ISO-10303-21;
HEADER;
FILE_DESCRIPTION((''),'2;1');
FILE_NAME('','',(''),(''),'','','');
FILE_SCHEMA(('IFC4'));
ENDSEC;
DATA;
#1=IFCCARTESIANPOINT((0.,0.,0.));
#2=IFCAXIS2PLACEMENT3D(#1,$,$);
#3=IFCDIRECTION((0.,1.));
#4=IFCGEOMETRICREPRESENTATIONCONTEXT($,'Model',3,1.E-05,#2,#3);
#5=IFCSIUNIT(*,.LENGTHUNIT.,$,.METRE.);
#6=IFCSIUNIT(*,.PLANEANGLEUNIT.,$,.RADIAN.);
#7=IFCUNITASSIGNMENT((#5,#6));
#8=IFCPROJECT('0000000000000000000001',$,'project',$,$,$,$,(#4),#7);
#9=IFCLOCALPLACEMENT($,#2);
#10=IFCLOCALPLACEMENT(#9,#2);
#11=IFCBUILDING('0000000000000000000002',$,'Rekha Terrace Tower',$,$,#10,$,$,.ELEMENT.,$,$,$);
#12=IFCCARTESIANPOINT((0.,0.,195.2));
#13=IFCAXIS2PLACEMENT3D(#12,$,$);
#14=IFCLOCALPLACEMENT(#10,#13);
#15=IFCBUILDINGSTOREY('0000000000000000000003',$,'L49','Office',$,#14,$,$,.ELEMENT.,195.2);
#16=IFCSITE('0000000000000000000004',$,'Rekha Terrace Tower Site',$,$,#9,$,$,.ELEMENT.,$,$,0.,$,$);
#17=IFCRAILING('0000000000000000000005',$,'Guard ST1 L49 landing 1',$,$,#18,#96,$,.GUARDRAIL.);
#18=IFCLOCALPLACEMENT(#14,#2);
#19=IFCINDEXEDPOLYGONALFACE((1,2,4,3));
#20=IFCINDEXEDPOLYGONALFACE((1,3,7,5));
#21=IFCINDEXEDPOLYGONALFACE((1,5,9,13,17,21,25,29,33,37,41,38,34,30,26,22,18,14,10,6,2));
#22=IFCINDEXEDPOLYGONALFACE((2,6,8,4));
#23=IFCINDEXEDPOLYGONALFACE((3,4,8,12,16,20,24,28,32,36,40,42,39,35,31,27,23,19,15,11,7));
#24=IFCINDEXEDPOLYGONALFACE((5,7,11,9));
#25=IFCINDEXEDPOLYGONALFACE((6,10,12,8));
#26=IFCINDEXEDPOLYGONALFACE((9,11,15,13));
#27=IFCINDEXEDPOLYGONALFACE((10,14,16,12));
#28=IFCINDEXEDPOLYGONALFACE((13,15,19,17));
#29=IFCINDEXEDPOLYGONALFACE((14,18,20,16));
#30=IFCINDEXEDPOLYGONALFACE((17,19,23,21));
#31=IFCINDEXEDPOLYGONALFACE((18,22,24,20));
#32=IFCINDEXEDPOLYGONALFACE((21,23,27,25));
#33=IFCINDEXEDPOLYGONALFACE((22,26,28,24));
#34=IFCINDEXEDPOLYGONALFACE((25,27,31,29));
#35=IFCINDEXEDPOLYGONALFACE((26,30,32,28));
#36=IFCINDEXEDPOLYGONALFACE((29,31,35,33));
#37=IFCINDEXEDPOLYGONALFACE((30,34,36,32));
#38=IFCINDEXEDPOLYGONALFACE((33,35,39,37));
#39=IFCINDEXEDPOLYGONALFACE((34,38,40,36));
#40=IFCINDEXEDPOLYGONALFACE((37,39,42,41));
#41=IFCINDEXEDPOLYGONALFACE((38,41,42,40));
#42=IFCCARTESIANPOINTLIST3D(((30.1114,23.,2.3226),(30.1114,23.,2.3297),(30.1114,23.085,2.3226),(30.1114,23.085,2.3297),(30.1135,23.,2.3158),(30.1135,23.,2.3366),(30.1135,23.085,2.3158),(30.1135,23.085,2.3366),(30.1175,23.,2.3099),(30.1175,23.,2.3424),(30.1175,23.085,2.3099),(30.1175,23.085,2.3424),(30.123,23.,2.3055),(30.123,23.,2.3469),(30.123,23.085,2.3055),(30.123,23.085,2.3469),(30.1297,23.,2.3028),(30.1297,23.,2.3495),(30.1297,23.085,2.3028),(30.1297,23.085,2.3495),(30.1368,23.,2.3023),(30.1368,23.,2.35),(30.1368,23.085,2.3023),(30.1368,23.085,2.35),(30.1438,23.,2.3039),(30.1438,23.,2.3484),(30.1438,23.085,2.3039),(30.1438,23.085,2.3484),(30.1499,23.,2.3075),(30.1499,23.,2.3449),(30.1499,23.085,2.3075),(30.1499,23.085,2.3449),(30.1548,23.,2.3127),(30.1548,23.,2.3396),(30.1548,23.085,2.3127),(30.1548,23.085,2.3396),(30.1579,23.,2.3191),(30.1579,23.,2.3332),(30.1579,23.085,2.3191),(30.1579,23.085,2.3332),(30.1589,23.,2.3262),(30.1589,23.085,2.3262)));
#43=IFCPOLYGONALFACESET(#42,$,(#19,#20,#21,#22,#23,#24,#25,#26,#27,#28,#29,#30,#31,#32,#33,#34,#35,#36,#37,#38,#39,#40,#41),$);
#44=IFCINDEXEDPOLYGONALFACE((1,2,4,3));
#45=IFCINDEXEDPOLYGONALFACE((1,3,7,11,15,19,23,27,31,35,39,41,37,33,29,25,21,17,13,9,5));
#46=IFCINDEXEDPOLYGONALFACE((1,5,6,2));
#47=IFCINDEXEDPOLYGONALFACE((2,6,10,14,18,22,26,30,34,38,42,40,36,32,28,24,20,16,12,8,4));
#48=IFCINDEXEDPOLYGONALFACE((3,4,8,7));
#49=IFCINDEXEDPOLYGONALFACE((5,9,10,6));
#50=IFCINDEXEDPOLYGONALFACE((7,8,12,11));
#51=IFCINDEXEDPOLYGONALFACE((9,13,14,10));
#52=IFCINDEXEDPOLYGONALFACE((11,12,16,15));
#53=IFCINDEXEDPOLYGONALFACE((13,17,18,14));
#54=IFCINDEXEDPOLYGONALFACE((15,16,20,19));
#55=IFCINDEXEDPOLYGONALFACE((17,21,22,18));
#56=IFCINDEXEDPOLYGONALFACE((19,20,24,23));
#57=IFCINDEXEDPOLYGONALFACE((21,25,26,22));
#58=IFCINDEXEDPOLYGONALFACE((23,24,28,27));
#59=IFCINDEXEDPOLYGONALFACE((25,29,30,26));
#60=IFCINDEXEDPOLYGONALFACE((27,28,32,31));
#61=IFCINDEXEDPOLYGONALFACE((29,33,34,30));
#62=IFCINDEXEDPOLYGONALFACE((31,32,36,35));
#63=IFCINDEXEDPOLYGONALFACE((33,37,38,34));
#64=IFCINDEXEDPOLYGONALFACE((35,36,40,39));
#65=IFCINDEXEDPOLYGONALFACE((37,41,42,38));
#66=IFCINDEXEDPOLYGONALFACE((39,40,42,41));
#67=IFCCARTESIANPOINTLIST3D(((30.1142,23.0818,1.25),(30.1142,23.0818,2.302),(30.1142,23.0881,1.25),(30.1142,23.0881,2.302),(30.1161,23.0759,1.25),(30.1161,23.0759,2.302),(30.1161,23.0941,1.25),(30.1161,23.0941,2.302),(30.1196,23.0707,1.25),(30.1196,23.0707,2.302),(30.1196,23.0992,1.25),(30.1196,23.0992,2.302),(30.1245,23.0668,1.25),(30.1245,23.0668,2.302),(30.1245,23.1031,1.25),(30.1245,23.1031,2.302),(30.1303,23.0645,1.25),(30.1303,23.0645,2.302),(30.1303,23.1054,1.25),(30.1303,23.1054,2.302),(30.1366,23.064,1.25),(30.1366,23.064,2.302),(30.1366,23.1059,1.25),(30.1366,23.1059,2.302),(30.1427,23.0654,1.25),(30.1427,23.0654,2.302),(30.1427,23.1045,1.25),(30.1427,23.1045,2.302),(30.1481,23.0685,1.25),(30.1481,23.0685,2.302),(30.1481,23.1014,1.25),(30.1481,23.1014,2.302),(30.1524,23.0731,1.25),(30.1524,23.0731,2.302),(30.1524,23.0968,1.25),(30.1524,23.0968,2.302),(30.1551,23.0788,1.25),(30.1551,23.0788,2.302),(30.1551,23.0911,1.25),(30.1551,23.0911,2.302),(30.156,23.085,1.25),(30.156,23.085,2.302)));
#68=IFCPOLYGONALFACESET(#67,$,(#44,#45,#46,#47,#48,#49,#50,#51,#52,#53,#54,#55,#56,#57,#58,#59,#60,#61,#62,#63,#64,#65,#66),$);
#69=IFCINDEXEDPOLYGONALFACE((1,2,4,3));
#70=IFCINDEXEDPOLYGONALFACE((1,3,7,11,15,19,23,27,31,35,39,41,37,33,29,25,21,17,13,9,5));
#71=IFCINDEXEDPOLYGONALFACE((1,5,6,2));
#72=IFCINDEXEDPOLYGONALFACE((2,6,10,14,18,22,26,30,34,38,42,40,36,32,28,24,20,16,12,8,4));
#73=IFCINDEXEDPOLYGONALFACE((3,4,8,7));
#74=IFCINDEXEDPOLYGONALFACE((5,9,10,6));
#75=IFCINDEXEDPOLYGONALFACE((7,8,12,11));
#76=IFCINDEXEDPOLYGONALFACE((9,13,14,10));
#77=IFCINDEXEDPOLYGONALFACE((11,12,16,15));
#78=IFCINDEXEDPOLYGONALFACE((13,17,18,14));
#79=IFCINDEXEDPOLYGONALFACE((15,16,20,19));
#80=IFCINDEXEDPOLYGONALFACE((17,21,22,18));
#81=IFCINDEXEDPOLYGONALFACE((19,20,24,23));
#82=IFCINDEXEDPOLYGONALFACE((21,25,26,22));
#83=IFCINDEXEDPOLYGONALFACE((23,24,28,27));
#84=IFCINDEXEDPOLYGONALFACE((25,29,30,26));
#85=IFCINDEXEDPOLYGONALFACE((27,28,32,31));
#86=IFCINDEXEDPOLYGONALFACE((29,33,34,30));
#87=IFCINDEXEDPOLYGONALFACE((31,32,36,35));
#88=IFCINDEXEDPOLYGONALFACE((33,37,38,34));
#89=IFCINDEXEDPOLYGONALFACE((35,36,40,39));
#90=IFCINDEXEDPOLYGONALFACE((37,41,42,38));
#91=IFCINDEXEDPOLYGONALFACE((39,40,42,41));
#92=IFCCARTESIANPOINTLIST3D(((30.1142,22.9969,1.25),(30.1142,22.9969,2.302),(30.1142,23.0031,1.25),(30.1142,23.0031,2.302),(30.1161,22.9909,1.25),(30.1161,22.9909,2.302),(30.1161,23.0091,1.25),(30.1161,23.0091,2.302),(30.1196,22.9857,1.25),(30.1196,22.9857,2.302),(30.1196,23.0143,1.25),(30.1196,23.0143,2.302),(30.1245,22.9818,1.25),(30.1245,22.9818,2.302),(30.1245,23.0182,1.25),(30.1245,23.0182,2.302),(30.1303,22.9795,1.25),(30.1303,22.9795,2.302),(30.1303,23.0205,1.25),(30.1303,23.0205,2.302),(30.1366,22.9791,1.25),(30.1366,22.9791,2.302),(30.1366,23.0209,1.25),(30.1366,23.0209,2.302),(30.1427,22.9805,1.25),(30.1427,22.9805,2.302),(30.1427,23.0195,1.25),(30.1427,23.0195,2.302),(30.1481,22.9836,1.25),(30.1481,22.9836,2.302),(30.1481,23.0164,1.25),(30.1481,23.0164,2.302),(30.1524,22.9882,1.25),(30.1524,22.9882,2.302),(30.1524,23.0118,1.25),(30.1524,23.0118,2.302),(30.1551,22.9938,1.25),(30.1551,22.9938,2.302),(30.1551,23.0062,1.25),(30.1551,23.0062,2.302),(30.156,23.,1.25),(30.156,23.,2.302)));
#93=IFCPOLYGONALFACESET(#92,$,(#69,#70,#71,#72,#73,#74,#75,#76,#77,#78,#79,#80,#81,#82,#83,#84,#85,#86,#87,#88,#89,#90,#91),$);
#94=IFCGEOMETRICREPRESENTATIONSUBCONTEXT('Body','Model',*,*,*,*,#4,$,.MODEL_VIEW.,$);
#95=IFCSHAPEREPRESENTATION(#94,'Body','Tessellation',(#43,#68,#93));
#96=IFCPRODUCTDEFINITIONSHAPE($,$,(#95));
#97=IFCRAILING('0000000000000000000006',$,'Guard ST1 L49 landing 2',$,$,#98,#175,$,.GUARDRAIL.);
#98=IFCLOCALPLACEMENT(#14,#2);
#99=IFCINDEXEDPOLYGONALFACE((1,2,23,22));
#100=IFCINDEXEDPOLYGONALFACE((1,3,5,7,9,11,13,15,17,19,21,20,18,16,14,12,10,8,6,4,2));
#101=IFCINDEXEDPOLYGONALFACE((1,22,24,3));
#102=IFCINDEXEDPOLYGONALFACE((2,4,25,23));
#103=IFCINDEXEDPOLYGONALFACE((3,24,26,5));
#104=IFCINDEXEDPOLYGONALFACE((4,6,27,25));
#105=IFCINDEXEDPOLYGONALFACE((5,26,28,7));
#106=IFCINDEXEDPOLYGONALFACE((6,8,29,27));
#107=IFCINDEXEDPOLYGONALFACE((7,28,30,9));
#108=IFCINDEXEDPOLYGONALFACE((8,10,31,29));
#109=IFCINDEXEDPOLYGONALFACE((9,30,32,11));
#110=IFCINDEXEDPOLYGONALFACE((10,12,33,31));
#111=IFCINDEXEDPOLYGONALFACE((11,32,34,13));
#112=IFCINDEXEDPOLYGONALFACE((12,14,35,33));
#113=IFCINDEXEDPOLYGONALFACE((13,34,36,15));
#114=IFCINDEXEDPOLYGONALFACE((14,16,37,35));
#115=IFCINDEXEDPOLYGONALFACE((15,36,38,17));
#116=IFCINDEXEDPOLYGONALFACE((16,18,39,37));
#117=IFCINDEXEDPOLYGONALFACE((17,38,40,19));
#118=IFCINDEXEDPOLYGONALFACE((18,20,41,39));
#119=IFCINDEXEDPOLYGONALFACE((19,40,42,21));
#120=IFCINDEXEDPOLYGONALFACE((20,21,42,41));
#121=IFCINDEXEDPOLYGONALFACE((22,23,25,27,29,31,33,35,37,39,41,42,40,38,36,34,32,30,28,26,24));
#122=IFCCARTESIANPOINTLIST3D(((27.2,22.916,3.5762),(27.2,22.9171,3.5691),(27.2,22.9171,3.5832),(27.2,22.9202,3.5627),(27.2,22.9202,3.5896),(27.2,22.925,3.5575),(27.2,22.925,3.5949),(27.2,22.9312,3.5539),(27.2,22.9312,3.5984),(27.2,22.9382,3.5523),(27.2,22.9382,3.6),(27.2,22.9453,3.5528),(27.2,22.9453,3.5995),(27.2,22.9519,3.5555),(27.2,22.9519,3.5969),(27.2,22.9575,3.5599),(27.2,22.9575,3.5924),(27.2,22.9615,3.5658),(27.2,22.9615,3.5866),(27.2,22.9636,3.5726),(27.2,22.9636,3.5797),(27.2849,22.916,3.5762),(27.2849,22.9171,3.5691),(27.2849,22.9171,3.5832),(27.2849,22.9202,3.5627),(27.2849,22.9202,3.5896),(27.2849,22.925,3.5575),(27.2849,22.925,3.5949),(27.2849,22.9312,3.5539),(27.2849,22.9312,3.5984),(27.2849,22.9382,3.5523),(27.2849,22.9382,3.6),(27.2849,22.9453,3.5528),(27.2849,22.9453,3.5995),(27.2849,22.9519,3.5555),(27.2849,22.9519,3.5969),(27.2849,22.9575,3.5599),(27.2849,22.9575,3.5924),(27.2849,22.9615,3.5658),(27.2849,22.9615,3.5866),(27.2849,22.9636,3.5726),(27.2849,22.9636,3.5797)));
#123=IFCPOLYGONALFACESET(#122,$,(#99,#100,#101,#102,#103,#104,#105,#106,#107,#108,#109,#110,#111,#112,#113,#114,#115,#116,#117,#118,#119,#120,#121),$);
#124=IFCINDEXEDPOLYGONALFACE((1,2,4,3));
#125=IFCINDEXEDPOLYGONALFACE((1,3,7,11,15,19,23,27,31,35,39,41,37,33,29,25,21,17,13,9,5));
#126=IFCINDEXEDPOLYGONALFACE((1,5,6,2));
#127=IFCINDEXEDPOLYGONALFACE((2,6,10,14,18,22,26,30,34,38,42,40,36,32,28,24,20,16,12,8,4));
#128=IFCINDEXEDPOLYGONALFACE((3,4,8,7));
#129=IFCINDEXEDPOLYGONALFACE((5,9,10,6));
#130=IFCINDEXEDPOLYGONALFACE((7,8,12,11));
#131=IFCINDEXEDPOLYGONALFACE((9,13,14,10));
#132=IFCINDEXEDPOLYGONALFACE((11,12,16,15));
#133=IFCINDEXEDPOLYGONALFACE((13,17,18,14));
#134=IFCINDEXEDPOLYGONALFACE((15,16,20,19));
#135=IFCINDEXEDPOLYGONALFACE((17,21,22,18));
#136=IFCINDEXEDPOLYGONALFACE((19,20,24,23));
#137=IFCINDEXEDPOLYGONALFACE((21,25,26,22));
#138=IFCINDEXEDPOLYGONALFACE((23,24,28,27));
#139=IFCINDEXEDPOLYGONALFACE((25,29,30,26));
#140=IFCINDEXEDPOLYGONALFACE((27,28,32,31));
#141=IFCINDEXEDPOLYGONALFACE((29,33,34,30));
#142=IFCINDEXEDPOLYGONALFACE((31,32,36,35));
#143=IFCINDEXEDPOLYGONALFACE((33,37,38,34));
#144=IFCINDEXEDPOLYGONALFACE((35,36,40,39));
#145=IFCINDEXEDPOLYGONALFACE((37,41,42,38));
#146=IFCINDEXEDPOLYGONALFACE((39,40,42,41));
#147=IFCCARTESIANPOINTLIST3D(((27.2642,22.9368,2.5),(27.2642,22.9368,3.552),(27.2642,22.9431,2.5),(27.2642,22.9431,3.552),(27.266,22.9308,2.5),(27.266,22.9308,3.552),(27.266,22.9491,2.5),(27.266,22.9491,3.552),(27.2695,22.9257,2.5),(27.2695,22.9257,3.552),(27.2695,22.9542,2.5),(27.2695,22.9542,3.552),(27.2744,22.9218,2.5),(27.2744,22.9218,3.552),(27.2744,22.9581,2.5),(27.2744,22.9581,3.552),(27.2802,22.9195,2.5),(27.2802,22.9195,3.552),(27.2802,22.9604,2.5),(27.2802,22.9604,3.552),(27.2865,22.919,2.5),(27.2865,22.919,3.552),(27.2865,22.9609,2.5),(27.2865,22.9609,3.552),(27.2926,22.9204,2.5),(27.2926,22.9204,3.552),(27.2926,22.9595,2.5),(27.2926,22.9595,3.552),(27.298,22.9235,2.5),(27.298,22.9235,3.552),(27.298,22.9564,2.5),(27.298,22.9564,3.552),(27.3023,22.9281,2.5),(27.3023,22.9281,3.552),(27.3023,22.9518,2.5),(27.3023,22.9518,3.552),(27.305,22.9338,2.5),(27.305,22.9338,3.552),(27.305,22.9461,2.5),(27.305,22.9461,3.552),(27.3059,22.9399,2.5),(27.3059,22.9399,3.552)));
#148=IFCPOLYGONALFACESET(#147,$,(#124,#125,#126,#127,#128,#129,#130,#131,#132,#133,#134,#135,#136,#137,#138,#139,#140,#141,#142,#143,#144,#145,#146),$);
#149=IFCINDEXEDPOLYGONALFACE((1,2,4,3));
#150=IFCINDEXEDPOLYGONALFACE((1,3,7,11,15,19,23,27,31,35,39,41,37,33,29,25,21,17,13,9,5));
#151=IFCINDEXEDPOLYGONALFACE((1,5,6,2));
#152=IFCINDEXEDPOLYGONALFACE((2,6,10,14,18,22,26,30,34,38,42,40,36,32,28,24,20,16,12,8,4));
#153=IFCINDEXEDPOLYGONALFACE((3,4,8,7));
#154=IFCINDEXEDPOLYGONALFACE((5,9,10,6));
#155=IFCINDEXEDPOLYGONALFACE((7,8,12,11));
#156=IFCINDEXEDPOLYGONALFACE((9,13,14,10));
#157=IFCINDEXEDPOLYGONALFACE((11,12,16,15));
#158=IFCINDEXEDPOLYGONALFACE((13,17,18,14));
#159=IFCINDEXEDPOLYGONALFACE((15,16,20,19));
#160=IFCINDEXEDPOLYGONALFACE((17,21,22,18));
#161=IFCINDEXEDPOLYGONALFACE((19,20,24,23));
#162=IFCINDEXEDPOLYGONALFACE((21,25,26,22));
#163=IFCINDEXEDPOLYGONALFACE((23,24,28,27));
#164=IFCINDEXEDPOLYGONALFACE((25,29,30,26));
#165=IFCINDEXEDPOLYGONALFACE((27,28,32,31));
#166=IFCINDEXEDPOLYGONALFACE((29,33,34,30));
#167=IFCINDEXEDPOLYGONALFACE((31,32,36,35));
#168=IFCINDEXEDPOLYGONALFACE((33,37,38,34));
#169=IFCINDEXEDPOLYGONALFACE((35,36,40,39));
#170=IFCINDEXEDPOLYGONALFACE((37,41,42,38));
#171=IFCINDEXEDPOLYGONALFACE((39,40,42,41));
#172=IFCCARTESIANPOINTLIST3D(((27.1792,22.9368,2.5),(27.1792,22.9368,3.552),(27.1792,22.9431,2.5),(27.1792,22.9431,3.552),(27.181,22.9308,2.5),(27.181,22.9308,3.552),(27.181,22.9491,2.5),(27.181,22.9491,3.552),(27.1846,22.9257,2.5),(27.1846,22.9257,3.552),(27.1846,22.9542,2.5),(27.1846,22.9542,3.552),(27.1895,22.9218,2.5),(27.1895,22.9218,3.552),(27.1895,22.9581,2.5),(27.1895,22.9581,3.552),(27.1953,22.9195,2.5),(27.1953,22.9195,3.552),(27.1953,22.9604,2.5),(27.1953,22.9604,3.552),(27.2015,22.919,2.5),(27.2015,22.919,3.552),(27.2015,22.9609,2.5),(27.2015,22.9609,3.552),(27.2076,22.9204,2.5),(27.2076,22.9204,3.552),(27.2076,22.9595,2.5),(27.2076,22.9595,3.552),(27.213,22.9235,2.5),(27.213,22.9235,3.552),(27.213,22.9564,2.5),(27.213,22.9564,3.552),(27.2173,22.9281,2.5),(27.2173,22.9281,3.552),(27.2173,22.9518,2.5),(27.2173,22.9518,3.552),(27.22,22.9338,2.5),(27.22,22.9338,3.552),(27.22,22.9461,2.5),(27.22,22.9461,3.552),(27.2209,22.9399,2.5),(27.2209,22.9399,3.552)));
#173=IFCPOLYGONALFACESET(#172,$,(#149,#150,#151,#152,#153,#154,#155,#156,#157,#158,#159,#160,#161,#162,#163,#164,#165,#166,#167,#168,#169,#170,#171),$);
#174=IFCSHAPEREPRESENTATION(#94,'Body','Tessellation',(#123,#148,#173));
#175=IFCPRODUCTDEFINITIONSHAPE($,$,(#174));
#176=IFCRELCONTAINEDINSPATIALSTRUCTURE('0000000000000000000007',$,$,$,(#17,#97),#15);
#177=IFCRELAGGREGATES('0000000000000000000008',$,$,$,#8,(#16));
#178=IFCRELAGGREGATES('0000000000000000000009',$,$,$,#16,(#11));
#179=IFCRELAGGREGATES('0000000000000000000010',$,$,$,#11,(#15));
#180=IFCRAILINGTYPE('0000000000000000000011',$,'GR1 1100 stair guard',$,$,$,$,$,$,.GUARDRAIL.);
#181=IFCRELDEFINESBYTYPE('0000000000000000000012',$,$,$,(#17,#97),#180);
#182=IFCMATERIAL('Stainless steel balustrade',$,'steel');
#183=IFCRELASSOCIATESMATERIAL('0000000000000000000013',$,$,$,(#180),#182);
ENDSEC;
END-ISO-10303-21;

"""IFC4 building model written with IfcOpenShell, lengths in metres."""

from ifc_helpers import new_model, si_unit, direction, frame, origin, origin_2d, place, context, subcontext, project, spatial, circle, extrude, material, type_object, element, save


model = new_model("IFC4")

# Units and contexts
model_context = context("Model", 3, precision=1e-05, world=origin(), true_north=direction((0.0, 1.0)))
body_context = subcontext(model_context, "Body", "Model", "MODEL_VIEW")
ifc_project = project(units=[si_unit("LENGTHUNIT", "METRE"), si_unit("PLANEANGLEUNIT", "RADIAN")], contexts=[model_context])

# Site, building, storey
site_placement = place(None, origin())
site = spatial("IfcSite", under=ifc_project, at=site_placement, Name="Rekha Terrace Tower Site", CompositionType="ELEMENT", RefElevation=0.0)
building_placement = place(site_placement, origin())
building = spatial("IfcBuilding", under=site, at=building_placement, Name="Rekha Terrace Tower", CompositionType="ELEMENT")
storey_placement = place(building_placement, frame((0.0, 0.0, 195.2)))
storey = spatial("IfcBuildingStorey", under=building, at=storey_placement, Name="L49", Description="Office", CompositionType="ELEMENT", Elevation=195.2)

# Railings
ifc_material_1 = material(Name="Stainless steel balustrade", Category="steel")
railing_type_1 = type_object("IfcRailingType", Name="GR1 1100 stair guard", PredefinedType="GUARDRAIL", material=ifc_material_1)
railing_1_placement = place(storey_placement, frame((30.135, 23.085, 1.25)))
element("IfcRailing", 1, at=railing_1_placement, inside=storey, type_object=railing_type_1, Name="Guard ST1 L49 landing 1", PredefinedType="GUARDRAIL", context=body_context, shape_type="SweptSolid", body=[
    extrude(circle(Radius=0.0239, at=origin_2d()), frame((0.0, 0.0, 1.0762), z_axis=(0.0, -1.0, 0.0), x_axis=(1.0, 0.0, 0.0)), (0.0, 0.0, 1.0), 0.085),
    extrude(circle(Radius=0.021, at=origin_2d()), origin(), (0.0, 0.0, 1.0), 1.052),
    extrude(circle(Radius=0.021, at=origin_2d()), frame((0.0, -0.085, 0.0)), (0.0, 0.0, 1.0), 1.052),
])
railing_2_placement = place(storey_placement, frame((27.2849, 22.9399, 2.5)))
element("IfcRailing", 2, at=railing_2_placement, inside=storey, type_object=railing_type_1, Name="Guard ST1 L49 landing 2", PredefinedType="GUARDRAIL", context=body_context, shape_type="SweptSolid", body=[
    extrude(circle(Radius=0.0239, at=origin_2d()), frame((0.0, 0.0, 1.0762), z_axis=(-1.0, 0.0, 0.0), x_axis=(0.0, -1.0, 0.0)), (0.0, 0.0, 1.0), 0.085),
    extrude(circle(Radius=0.021, at=origin_2d()), origin(), (0.0, 0.0, 1.0), 1.052),
    extrude(circle(Radius=0.021, at=origin_2d()), frame((-0.085, 0.0, 0.0)), (0.0, 0.0, 1.0), 1.052),
])

save(model, "model.ifc")
